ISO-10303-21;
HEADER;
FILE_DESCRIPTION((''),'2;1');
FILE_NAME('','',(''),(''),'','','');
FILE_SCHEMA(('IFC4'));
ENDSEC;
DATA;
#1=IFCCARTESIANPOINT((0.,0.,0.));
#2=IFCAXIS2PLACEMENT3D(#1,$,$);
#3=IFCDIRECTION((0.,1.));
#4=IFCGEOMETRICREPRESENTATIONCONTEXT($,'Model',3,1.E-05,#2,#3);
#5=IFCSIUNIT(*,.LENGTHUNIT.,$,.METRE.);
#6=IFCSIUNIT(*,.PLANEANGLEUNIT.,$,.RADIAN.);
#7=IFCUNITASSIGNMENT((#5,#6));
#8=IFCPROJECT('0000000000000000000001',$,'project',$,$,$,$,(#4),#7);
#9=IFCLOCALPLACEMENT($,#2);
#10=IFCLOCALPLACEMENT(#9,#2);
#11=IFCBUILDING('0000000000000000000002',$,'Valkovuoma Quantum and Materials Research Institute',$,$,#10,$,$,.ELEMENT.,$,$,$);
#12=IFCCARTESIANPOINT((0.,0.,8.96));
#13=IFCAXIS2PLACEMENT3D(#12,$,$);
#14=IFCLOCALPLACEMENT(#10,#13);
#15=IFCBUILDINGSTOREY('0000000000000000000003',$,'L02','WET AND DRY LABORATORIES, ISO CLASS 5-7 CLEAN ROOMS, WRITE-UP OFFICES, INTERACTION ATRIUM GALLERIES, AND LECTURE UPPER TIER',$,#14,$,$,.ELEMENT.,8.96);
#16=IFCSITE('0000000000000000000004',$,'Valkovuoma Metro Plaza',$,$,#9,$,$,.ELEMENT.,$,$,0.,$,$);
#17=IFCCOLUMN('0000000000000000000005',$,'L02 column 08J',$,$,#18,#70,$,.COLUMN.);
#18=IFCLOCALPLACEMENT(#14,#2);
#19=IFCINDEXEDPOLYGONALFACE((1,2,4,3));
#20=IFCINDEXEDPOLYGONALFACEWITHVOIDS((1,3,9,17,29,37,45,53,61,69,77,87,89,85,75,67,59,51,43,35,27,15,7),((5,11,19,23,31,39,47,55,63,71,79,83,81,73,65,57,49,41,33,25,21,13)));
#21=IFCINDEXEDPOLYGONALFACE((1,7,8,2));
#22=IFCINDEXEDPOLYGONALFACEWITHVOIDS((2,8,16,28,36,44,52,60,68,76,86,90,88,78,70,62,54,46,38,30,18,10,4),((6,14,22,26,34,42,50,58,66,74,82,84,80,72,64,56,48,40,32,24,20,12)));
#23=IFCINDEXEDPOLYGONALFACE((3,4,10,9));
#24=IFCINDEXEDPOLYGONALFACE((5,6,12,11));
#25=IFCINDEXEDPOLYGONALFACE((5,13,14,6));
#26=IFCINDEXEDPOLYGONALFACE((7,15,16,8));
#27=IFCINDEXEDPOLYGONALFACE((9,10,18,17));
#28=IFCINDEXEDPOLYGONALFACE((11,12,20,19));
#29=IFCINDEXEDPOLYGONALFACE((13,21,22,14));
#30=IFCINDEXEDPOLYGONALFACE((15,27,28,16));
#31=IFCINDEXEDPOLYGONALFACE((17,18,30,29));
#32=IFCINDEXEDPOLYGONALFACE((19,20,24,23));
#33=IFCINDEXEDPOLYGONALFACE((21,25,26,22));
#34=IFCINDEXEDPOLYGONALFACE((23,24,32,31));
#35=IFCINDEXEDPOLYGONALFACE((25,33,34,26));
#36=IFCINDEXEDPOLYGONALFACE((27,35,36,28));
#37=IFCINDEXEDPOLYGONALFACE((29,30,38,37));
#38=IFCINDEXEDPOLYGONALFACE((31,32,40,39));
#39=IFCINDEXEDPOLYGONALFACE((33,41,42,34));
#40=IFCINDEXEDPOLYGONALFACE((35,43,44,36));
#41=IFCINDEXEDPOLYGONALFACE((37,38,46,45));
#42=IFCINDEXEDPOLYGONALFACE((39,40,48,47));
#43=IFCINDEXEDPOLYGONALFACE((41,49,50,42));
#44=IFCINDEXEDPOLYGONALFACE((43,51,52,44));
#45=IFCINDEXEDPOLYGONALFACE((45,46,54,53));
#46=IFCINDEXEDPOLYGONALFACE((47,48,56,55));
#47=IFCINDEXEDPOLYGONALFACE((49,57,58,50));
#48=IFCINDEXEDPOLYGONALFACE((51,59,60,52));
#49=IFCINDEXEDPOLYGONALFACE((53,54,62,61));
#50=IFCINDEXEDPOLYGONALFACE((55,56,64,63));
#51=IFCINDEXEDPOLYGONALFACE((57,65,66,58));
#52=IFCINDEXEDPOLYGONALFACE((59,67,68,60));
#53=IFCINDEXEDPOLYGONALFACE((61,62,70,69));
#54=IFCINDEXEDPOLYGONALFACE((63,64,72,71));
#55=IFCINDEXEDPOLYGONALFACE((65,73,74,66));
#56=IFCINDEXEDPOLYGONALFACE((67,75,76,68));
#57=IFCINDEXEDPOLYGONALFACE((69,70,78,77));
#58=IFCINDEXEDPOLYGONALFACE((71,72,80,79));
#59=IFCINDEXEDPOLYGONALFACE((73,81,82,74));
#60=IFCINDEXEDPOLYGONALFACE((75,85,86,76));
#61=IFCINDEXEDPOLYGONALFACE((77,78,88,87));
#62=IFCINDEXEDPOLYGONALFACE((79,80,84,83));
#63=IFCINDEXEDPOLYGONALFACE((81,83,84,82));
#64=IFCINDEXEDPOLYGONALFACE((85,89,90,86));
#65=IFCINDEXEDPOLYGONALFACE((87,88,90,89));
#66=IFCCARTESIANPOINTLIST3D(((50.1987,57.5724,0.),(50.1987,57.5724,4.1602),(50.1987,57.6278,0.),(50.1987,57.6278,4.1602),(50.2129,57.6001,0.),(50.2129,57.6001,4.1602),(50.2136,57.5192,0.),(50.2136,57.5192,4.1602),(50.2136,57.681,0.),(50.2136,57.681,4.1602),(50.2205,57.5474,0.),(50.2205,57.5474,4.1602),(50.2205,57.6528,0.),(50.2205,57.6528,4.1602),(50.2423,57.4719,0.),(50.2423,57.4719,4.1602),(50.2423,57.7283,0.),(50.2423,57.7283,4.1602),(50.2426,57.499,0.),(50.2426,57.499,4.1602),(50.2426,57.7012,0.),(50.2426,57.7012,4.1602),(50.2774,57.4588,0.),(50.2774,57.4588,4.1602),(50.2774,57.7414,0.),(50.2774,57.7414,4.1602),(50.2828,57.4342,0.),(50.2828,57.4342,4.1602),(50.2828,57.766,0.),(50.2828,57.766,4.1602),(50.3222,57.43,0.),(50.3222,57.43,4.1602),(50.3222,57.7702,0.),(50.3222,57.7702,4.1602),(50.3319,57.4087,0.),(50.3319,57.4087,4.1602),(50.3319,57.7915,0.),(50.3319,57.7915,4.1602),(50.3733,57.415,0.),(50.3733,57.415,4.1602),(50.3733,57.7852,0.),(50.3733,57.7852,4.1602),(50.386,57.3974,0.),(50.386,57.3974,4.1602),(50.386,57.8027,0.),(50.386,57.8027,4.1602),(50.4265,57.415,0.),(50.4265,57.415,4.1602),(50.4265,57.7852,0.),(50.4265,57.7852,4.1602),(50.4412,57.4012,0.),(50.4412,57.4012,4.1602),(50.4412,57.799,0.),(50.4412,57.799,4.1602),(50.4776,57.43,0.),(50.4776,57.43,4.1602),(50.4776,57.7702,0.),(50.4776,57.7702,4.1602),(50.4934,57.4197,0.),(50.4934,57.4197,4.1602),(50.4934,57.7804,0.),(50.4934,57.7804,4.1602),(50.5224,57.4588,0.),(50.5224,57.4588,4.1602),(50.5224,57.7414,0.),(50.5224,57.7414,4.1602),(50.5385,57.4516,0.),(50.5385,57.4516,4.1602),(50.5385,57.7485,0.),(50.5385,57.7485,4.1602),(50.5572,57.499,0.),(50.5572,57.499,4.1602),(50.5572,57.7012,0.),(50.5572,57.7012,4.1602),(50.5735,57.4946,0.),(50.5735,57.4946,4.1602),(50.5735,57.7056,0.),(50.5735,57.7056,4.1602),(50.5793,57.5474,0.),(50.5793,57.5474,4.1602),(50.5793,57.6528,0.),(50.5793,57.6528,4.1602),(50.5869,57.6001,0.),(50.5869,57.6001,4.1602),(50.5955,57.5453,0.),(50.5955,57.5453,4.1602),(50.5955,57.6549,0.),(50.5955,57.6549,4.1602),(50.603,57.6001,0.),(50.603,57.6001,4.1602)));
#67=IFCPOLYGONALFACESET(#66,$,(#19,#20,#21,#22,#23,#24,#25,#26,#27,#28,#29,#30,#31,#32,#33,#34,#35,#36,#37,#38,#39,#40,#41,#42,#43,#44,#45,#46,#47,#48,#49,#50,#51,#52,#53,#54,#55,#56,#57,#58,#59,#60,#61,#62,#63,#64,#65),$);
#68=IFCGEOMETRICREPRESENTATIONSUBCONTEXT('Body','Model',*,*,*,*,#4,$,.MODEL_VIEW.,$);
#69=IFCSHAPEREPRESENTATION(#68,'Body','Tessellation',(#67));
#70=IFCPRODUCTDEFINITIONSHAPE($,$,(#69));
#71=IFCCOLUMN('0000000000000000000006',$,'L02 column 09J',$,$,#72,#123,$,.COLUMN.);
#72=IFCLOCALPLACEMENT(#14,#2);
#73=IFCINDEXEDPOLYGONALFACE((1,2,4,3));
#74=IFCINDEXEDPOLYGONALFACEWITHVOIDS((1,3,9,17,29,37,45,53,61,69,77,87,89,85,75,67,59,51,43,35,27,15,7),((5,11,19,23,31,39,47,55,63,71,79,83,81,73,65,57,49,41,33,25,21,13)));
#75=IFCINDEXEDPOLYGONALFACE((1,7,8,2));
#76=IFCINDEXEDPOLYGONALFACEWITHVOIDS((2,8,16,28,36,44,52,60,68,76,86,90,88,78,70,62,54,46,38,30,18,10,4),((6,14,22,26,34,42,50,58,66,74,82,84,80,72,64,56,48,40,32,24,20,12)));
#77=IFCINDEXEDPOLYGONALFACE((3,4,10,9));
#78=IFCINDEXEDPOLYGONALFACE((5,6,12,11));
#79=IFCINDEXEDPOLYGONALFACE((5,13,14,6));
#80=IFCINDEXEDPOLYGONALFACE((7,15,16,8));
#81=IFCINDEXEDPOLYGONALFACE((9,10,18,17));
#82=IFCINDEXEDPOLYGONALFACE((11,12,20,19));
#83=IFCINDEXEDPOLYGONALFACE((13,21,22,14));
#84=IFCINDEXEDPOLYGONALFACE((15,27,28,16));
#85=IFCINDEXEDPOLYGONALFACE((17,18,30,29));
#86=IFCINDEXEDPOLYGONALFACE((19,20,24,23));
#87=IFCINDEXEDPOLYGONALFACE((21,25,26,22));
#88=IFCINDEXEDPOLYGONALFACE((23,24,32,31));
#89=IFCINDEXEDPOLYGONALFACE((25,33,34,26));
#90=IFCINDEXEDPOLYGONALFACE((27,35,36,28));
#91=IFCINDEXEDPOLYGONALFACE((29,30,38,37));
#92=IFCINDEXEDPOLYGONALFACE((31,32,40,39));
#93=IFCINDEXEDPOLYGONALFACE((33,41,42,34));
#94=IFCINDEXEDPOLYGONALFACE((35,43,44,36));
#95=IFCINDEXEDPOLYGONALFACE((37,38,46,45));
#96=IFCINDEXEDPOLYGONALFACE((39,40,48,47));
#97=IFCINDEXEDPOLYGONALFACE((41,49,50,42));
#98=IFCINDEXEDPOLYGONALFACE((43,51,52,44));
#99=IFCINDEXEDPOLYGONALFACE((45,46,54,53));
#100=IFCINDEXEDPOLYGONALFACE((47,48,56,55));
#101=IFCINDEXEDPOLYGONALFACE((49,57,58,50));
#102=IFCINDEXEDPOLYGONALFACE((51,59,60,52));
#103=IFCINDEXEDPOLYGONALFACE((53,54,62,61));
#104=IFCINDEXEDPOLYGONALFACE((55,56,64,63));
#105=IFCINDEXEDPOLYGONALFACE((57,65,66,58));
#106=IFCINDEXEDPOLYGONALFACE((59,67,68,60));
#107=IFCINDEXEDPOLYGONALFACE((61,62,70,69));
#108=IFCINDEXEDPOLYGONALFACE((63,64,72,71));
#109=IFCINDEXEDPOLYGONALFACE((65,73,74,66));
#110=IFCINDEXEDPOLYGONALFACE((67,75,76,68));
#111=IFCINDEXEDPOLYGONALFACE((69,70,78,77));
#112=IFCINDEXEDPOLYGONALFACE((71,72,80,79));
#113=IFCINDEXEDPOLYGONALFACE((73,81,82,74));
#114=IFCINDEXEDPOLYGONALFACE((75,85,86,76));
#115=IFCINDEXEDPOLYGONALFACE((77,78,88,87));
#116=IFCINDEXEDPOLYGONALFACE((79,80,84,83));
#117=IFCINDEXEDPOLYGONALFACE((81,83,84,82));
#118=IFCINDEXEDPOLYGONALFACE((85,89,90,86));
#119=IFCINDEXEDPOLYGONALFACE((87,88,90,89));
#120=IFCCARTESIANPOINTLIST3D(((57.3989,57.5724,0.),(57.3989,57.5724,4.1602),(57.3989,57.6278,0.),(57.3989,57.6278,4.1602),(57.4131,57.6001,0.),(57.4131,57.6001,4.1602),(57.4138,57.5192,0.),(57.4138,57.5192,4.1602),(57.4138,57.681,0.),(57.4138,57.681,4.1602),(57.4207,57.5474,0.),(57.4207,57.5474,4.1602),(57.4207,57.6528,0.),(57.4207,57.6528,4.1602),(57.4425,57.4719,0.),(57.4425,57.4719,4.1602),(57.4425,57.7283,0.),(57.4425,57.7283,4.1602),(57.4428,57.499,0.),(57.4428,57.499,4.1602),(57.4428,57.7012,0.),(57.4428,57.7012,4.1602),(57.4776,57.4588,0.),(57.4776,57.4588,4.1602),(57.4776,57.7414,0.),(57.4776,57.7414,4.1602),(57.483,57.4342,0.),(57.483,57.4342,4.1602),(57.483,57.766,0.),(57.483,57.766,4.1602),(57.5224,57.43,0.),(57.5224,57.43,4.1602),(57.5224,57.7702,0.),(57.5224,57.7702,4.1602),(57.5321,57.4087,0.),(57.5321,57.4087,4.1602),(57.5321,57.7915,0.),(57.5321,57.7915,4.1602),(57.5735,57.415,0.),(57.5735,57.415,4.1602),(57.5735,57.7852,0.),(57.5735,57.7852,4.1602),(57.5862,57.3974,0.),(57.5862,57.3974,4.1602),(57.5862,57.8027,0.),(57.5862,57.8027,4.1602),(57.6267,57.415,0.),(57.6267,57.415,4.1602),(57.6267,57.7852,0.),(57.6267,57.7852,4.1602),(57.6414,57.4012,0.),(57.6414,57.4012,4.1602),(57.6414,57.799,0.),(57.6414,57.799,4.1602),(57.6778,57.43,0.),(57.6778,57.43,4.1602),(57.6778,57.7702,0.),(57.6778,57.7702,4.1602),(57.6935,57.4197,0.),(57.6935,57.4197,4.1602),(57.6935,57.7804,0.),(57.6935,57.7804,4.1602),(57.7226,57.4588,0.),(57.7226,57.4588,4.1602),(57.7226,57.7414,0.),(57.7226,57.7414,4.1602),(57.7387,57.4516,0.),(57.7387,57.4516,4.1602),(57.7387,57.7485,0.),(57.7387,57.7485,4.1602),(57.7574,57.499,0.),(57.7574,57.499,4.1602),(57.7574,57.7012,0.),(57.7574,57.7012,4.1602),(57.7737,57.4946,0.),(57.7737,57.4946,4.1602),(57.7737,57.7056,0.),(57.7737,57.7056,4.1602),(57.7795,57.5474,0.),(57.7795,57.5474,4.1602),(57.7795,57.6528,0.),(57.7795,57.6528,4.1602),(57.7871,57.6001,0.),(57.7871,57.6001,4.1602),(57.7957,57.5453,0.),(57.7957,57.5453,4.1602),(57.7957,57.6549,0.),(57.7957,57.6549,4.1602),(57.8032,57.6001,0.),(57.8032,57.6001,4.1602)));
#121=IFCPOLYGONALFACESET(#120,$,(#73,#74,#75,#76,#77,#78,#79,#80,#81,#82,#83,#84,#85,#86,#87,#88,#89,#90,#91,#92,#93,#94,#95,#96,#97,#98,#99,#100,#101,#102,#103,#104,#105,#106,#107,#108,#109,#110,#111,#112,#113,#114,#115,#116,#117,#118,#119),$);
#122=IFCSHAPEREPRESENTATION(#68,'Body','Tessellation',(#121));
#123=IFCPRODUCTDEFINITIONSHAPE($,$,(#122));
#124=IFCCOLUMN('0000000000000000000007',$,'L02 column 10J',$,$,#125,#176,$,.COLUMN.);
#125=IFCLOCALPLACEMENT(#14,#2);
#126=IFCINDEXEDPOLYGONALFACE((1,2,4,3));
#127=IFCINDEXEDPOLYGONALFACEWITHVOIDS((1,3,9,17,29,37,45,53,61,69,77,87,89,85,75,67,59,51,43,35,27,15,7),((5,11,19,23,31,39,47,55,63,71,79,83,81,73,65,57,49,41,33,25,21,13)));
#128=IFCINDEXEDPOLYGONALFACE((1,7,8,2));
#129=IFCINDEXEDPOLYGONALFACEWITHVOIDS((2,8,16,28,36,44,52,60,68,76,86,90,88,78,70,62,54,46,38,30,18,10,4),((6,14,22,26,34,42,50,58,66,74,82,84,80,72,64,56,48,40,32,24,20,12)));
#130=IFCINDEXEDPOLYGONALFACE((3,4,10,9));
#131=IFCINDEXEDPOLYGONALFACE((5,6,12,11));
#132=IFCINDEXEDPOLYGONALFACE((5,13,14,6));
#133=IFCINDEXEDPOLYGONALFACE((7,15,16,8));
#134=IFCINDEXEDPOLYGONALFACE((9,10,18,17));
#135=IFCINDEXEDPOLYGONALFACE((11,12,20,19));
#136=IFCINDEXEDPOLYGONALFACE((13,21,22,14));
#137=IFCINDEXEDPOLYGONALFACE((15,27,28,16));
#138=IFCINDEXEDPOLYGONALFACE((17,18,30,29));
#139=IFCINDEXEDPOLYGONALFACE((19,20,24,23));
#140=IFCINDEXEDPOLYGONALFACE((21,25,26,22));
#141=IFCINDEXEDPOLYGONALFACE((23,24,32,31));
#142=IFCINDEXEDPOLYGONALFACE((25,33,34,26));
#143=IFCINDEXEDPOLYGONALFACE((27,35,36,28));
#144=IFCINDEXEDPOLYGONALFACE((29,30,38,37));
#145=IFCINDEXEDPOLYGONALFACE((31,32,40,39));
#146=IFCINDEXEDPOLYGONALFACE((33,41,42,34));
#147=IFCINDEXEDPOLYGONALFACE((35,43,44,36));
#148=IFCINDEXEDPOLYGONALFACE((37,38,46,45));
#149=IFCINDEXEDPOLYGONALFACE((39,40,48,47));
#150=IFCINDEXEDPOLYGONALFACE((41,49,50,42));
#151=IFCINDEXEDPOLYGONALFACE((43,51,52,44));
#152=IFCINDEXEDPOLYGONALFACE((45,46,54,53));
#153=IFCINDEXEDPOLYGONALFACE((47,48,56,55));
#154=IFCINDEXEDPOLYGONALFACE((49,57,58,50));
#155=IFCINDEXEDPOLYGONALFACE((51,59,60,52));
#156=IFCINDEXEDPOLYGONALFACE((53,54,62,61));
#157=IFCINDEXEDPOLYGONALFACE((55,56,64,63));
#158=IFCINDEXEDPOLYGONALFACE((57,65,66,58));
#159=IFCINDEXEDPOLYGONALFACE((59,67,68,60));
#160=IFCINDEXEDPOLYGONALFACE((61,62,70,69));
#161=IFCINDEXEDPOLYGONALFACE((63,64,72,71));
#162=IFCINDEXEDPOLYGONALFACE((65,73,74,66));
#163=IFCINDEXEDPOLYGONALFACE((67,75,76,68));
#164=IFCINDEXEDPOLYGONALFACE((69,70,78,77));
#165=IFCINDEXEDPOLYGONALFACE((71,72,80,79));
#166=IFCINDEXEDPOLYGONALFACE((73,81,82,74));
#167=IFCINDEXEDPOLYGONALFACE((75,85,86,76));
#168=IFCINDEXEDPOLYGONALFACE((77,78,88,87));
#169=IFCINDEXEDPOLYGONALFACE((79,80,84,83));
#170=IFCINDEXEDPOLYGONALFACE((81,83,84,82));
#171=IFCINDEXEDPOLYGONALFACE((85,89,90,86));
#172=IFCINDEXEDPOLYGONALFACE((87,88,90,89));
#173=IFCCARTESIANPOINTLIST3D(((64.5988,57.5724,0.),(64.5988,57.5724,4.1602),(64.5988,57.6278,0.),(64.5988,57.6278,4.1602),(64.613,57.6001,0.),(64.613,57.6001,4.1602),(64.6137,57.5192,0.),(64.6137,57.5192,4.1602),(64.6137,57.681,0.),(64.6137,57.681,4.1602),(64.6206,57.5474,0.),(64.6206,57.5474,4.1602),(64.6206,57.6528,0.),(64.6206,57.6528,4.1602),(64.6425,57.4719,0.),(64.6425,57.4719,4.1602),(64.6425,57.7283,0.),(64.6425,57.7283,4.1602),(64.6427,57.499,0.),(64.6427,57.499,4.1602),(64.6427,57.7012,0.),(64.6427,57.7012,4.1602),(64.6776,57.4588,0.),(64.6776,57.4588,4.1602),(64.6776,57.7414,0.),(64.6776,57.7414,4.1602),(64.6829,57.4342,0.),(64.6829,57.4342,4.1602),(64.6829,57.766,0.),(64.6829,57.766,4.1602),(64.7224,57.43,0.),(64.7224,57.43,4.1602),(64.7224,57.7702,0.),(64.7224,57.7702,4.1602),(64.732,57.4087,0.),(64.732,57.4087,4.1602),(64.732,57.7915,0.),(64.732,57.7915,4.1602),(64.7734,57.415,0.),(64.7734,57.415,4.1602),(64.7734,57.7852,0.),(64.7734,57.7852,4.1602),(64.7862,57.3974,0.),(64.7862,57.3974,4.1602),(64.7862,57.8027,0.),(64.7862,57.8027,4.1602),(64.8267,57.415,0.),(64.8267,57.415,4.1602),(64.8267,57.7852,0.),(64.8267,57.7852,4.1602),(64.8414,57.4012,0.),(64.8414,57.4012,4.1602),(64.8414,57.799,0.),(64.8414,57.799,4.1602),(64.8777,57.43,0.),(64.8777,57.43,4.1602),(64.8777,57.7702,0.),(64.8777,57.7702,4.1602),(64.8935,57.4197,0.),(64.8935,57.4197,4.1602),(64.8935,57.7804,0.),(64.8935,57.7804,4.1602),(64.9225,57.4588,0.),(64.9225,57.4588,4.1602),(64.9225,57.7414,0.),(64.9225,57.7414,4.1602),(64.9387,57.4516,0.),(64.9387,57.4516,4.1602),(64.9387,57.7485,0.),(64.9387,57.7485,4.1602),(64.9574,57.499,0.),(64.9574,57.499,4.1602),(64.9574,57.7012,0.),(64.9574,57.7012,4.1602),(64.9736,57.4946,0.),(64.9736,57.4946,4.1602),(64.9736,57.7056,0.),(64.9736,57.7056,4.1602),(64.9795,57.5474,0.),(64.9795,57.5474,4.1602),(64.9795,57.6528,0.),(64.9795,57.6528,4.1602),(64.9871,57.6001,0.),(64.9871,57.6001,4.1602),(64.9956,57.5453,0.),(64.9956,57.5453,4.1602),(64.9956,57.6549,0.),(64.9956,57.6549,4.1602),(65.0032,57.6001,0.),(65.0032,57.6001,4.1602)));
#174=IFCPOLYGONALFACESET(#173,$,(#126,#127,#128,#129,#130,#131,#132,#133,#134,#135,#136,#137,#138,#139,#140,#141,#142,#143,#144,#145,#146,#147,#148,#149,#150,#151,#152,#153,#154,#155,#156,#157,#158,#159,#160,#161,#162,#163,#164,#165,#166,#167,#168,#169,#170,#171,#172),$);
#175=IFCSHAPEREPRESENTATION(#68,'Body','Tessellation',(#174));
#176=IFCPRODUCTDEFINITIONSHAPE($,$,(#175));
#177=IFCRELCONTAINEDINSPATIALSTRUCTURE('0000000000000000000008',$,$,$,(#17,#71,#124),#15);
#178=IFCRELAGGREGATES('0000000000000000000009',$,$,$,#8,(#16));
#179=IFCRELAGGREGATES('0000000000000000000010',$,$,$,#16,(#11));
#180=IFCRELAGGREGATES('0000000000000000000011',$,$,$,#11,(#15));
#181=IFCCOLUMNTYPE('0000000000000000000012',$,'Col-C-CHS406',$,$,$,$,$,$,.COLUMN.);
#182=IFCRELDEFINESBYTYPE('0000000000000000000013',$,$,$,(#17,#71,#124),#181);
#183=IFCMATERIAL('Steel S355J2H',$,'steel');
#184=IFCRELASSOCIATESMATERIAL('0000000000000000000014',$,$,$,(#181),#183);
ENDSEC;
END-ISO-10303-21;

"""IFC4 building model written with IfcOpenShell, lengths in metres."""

from ifc_helpers import new_model, si_unit, direction, frame, origin, origin_2d, place, context, subcontext, project, spatial, hollow_circle, extrude, material, material_profile, profile_set, type_object, element, save


model = new_model("IFC4")

# Units and contexts
model_context = context("Model", 3, precision=1e-05, world=origin(), true_north=direction((0.0, 1.0)))
body_context = subcontext(model_context, "Body", "Model", "MODEL_VIEW")
ifc_project = project(units=[si_unit("LENGTHUNIT", "METRE"), si_unit("PLANEANGLEUNIT", "RADIAN")], contexts=[model_context])

# Site, building, storey
site_placement = place(None, origin())
site = spatial("IfcSite", under=ifc_project, at=site_placement, Name="Valkovuoma Metro Plaza", CompositionType="ELEMENT", RefElevation=0.0)
building_placement = place(site_placement, origin())
building = spatial("IfcBuilding", under=site, at=building_placement, Name="Valkovuoma Quantum and Materials Research Institute", CompositionType="ELEMENT")
storey_placement = place(building_placement, frame((0.0, 0.0, 8.96)))
storey = spatial("IfcBuildingStorey", under=building, at=storey_placement, Name="L02", Description="WET AND DRY LABORATORIES, ISO CLASS 5-7 CLEAN ROOMS, WRITE-UP OFFICES, INTERACTION ATRIUM GALLERIES, AND LECTURE UPPER TIER", CompositionType="ELEMENT", Elevation=8.96)

# Columns
ifc_material_1 = material(Name="Steel S355J2H", Category="steel")
ifc_material_profile_1 = material_profile(ifc_material_1, hollow_circle(Radius=0.2031, WallThickness=0.0161, at=origin_2d()), Name="Steel S355J2H")
ifc_profile_set_1 = profile_set([ifc_material_profile_1], Name="Steel S355J2H")
column_type = type_object("IfcColumnType", Name="Col-C-CHS406", PredefinedType="COLUMN", material=ifc_profile_set_1)
for number, where, z_axis, x_axis, name in (
    (1, (50.3999, 57.6001, 0.0), (0.0, 0.0, 1.0), (1.0, 0.0, 0.0), "L02 column 08J"),
    (2, (57.6001, 57.6001, 0.0), (0.0, 0.0, 1.0), (1.0, 0.0, 0.0), "L02 column 09J"),
    (3, (64.8, 57.6001, 0.0), (0.0, 0.0, 1.0), (1.0, 0.0, 0.0), "L02 column 10J"),
):
    element("IfcColumn", number, at=place(storey_placement, frame(where, z_axis=z_axis, x_axis=x_axis)), inside=storey, type_object=column_type, Name=name, PredefinedType="COLUMN", context=body_context, shape_type="SweptSolid", body=[
        extrude(hollow_circle(Radius=0.2031, WallThickness=0.0161, at=origin_2d()), origin(), (0.0, 0.0, 1.0), 4.1602),
    ])

save(model, "model.ifc")
